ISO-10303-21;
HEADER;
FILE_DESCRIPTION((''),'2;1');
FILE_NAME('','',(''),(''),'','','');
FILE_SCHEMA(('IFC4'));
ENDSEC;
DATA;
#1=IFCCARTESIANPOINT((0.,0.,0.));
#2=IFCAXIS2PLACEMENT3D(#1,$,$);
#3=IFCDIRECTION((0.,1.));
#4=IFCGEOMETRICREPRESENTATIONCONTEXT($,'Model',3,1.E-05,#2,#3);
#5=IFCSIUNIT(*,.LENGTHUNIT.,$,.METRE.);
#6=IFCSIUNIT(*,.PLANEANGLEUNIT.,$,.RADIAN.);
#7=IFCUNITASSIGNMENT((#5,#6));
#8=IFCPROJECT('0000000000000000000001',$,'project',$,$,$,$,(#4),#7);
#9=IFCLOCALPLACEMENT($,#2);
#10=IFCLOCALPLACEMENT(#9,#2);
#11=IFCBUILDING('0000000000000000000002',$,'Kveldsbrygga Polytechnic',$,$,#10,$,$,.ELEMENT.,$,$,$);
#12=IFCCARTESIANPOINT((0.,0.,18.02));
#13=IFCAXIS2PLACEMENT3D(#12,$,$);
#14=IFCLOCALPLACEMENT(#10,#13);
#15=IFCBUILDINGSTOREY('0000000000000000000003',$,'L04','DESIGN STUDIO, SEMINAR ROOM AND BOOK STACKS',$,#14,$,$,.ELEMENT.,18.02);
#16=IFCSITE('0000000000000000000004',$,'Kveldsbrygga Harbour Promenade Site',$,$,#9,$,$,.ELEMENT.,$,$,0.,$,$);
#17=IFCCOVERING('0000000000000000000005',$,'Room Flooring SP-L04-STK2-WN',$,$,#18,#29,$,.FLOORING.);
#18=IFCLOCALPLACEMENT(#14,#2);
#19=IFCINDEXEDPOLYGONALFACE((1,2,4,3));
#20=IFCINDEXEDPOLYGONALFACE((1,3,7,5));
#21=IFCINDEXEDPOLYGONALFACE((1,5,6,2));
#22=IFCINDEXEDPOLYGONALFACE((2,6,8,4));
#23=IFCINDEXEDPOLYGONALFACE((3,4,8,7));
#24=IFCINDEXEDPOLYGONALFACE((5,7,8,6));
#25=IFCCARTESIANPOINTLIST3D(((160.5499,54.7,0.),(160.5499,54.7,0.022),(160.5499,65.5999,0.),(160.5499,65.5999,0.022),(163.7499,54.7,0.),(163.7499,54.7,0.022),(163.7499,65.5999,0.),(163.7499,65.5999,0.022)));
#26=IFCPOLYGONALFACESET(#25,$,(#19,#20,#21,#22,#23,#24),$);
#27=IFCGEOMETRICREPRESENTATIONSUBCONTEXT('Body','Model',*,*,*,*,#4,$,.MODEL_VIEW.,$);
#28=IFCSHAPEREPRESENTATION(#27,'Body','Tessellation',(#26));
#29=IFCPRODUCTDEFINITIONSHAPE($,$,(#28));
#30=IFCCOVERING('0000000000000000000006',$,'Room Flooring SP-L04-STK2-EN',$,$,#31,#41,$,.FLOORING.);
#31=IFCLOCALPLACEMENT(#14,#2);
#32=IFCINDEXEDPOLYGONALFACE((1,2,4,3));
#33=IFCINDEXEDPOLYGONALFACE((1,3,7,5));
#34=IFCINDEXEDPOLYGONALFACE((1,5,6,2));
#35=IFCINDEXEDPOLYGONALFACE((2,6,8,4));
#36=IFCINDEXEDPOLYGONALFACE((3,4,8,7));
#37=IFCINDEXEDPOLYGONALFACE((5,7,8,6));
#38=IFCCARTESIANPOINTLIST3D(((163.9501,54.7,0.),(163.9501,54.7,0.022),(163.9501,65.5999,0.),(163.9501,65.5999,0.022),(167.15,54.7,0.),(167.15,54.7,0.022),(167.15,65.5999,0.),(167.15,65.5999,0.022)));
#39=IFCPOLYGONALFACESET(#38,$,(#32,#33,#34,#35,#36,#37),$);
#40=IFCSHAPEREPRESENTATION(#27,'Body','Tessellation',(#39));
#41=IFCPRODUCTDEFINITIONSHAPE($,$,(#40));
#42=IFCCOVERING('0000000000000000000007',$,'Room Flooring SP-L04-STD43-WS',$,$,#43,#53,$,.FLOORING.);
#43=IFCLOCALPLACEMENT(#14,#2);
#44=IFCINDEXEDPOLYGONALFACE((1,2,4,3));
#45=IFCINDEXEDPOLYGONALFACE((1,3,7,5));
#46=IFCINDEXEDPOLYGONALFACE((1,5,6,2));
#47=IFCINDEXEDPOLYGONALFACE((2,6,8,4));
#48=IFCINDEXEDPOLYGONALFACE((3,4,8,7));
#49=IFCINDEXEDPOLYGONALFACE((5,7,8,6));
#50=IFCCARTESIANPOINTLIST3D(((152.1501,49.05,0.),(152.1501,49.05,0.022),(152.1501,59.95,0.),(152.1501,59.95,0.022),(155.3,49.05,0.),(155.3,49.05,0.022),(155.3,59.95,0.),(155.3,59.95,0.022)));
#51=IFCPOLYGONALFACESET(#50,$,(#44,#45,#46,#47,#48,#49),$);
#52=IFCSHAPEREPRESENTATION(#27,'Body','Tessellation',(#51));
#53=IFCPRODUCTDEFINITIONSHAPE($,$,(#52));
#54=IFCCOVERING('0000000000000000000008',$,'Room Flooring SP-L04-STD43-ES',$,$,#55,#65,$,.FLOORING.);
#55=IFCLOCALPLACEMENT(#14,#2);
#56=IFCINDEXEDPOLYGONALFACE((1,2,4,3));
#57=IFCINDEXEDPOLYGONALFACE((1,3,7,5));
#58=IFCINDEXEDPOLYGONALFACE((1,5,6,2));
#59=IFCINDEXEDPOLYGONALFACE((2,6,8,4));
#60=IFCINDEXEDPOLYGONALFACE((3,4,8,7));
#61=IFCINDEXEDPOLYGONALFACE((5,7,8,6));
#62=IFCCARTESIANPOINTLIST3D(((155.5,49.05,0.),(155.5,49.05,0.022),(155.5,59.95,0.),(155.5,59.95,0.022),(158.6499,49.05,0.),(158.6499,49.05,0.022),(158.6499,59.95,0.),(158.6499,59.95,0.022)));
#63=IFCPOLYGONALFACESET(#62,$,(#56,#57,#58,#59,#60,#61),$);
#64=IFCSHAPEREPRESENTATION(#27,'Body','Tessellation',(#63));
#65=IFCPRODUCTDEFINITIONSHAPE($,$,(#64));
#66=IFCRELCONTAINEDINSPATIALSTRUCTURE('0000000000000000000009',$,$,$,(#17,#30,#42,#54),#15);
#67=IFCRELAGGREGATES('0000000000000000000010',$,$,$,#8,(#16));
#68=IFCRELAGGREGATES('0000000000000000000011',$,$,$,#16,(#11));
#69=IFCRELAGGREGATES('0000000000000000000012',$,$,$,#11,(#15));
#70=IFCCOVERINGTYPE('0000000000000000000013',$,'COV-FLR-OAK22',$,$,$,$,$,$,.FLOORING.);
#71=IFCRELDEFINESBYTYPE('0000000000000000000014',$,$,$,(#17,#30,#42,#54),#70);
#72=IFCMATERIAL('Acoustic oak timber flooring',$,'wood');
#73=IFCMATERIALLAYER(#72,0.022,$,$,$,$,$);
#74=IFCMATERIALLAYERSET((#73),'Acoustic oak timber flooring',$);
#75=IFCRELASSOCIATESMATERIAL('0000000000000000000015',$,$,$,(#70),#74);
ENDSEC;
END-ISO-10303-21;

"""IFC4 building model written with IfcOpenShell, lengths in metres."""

from ifc_helpers import new_model, si_unit, direction, frame, origin, origin_2d, place, context, subcontext, project, spatial, rectangle, extrude, material, layer, layer_set, type_object, element, save


model = new_model("IFC4")

# Units and contexts
model_context = context("Model", 3, precision=1e-05, world=origin(), true_north=direction((0.0, 1.0)))
body_context = subcontext(model_context, "Body", "Model", "MODEL_VIEW")
ifc_project = project(units=[si_unit("LENGTHUNIT", "METRE"), si_unit("PLANEANGLEUNIT", "RADIAN")], contexts=[model_context])

# Site, building, storey
site_placement = place(None, origin())
site = spatial("IfcSite", under=ifc_project, at=site_placement, Name="Kveldsbrygga Harbour Promenade Site", CompositionType="ELEMENT", RefElevation=0.0)
building_placement = place(site_placement, origin())
building = spatial("IfcBuilding", under=site, at=building_placement, Name="Kveldsbrygga Polytechnic", CompositionType="ELEMENT")
storey_placement = place(building_placement, frame((0.0, 0.0, 18.02)))
storey = spatial("IfcBuildingStorey", under=building, at=storey_placement, Name="L04", Description="DESIGN STUDIO, SEMINAR ROOM AND BOOK STACKS", CompositionType="ELEMENT", Elevation=18.02)

# Coverings
ifc_material_1 = material(Name="Acoustic oak timber flooring", Category="wood")
ifc_layer_1 = layer(ifc_material_1, 0.022)
ifc_layer_set_1 = layer_set([ifc_layer_1], Name="Acoustic oak timber flooring")
covering_type_1 = type_object("IfcCoveringType", Name="COV-FLR-OAK22", PredefinedType="FLOORING", material=ifc_layer_set_1)
for number, where, z_axis, x_axis, name in (
    (1, (162.1499, 60.1499, 0.0), (0.0, 0.0, 1.0), (1.0, 0.0, 0.0), "Room Flooring SP-L04-STK2-WN"),
    (2, (165.55, 60.1499, 0.0), (0.0, 0.0, 1.0), (1.0, 0.0, 0.0), "Room Flooring SP-L04-STK2-EN"),
):
    element("IfcCovering", number, at=place(storey_placement, frame(where, z_axis=z_axis, x_axis=x_axis)), inside=storey, type_object=covering_type_1, Name=name, PredefinedType="FLOORING", context=body_context, shape_type="SweptSolid", body=[
        extrude(rectangle(XDim=3.2, YDim=10.8999, at=origin_2d()), origin(), (0.0, 0.0, 1.0), 0.022),
    ])
for number, where, z_axis, x_axis, name in (
    (3, (153.7251, 54.5, 0.0), (0.0, 0.0, 1.0), (1.0, 0.0, 0.0), "Room Flooring SP-L04-STD43-WS"),
    (4, (157.075, 54.5, 0.0), (0.0, 0.0, 1.0), (1.0, 0.0, 0.0), "Room Flooring SP-L04-STD43-ES"),
):
    element("IfcCovering", number, at=place(storey_placement, frame(where, z_axis=z_axis, x_axis=x_axis)), inside=storey, type_object=covering_type_1, Name=name, PredefinedType="FLOORING", context=body_context, shape_type="SweptSolid", body=[
        extrude(rectangle(XDim=3.1499, YDim=10.8999, at=origin_2d()), origin(), (0.0, 0.0, 1.0), 0.022),
    ])

save(model, "model.ifc")
